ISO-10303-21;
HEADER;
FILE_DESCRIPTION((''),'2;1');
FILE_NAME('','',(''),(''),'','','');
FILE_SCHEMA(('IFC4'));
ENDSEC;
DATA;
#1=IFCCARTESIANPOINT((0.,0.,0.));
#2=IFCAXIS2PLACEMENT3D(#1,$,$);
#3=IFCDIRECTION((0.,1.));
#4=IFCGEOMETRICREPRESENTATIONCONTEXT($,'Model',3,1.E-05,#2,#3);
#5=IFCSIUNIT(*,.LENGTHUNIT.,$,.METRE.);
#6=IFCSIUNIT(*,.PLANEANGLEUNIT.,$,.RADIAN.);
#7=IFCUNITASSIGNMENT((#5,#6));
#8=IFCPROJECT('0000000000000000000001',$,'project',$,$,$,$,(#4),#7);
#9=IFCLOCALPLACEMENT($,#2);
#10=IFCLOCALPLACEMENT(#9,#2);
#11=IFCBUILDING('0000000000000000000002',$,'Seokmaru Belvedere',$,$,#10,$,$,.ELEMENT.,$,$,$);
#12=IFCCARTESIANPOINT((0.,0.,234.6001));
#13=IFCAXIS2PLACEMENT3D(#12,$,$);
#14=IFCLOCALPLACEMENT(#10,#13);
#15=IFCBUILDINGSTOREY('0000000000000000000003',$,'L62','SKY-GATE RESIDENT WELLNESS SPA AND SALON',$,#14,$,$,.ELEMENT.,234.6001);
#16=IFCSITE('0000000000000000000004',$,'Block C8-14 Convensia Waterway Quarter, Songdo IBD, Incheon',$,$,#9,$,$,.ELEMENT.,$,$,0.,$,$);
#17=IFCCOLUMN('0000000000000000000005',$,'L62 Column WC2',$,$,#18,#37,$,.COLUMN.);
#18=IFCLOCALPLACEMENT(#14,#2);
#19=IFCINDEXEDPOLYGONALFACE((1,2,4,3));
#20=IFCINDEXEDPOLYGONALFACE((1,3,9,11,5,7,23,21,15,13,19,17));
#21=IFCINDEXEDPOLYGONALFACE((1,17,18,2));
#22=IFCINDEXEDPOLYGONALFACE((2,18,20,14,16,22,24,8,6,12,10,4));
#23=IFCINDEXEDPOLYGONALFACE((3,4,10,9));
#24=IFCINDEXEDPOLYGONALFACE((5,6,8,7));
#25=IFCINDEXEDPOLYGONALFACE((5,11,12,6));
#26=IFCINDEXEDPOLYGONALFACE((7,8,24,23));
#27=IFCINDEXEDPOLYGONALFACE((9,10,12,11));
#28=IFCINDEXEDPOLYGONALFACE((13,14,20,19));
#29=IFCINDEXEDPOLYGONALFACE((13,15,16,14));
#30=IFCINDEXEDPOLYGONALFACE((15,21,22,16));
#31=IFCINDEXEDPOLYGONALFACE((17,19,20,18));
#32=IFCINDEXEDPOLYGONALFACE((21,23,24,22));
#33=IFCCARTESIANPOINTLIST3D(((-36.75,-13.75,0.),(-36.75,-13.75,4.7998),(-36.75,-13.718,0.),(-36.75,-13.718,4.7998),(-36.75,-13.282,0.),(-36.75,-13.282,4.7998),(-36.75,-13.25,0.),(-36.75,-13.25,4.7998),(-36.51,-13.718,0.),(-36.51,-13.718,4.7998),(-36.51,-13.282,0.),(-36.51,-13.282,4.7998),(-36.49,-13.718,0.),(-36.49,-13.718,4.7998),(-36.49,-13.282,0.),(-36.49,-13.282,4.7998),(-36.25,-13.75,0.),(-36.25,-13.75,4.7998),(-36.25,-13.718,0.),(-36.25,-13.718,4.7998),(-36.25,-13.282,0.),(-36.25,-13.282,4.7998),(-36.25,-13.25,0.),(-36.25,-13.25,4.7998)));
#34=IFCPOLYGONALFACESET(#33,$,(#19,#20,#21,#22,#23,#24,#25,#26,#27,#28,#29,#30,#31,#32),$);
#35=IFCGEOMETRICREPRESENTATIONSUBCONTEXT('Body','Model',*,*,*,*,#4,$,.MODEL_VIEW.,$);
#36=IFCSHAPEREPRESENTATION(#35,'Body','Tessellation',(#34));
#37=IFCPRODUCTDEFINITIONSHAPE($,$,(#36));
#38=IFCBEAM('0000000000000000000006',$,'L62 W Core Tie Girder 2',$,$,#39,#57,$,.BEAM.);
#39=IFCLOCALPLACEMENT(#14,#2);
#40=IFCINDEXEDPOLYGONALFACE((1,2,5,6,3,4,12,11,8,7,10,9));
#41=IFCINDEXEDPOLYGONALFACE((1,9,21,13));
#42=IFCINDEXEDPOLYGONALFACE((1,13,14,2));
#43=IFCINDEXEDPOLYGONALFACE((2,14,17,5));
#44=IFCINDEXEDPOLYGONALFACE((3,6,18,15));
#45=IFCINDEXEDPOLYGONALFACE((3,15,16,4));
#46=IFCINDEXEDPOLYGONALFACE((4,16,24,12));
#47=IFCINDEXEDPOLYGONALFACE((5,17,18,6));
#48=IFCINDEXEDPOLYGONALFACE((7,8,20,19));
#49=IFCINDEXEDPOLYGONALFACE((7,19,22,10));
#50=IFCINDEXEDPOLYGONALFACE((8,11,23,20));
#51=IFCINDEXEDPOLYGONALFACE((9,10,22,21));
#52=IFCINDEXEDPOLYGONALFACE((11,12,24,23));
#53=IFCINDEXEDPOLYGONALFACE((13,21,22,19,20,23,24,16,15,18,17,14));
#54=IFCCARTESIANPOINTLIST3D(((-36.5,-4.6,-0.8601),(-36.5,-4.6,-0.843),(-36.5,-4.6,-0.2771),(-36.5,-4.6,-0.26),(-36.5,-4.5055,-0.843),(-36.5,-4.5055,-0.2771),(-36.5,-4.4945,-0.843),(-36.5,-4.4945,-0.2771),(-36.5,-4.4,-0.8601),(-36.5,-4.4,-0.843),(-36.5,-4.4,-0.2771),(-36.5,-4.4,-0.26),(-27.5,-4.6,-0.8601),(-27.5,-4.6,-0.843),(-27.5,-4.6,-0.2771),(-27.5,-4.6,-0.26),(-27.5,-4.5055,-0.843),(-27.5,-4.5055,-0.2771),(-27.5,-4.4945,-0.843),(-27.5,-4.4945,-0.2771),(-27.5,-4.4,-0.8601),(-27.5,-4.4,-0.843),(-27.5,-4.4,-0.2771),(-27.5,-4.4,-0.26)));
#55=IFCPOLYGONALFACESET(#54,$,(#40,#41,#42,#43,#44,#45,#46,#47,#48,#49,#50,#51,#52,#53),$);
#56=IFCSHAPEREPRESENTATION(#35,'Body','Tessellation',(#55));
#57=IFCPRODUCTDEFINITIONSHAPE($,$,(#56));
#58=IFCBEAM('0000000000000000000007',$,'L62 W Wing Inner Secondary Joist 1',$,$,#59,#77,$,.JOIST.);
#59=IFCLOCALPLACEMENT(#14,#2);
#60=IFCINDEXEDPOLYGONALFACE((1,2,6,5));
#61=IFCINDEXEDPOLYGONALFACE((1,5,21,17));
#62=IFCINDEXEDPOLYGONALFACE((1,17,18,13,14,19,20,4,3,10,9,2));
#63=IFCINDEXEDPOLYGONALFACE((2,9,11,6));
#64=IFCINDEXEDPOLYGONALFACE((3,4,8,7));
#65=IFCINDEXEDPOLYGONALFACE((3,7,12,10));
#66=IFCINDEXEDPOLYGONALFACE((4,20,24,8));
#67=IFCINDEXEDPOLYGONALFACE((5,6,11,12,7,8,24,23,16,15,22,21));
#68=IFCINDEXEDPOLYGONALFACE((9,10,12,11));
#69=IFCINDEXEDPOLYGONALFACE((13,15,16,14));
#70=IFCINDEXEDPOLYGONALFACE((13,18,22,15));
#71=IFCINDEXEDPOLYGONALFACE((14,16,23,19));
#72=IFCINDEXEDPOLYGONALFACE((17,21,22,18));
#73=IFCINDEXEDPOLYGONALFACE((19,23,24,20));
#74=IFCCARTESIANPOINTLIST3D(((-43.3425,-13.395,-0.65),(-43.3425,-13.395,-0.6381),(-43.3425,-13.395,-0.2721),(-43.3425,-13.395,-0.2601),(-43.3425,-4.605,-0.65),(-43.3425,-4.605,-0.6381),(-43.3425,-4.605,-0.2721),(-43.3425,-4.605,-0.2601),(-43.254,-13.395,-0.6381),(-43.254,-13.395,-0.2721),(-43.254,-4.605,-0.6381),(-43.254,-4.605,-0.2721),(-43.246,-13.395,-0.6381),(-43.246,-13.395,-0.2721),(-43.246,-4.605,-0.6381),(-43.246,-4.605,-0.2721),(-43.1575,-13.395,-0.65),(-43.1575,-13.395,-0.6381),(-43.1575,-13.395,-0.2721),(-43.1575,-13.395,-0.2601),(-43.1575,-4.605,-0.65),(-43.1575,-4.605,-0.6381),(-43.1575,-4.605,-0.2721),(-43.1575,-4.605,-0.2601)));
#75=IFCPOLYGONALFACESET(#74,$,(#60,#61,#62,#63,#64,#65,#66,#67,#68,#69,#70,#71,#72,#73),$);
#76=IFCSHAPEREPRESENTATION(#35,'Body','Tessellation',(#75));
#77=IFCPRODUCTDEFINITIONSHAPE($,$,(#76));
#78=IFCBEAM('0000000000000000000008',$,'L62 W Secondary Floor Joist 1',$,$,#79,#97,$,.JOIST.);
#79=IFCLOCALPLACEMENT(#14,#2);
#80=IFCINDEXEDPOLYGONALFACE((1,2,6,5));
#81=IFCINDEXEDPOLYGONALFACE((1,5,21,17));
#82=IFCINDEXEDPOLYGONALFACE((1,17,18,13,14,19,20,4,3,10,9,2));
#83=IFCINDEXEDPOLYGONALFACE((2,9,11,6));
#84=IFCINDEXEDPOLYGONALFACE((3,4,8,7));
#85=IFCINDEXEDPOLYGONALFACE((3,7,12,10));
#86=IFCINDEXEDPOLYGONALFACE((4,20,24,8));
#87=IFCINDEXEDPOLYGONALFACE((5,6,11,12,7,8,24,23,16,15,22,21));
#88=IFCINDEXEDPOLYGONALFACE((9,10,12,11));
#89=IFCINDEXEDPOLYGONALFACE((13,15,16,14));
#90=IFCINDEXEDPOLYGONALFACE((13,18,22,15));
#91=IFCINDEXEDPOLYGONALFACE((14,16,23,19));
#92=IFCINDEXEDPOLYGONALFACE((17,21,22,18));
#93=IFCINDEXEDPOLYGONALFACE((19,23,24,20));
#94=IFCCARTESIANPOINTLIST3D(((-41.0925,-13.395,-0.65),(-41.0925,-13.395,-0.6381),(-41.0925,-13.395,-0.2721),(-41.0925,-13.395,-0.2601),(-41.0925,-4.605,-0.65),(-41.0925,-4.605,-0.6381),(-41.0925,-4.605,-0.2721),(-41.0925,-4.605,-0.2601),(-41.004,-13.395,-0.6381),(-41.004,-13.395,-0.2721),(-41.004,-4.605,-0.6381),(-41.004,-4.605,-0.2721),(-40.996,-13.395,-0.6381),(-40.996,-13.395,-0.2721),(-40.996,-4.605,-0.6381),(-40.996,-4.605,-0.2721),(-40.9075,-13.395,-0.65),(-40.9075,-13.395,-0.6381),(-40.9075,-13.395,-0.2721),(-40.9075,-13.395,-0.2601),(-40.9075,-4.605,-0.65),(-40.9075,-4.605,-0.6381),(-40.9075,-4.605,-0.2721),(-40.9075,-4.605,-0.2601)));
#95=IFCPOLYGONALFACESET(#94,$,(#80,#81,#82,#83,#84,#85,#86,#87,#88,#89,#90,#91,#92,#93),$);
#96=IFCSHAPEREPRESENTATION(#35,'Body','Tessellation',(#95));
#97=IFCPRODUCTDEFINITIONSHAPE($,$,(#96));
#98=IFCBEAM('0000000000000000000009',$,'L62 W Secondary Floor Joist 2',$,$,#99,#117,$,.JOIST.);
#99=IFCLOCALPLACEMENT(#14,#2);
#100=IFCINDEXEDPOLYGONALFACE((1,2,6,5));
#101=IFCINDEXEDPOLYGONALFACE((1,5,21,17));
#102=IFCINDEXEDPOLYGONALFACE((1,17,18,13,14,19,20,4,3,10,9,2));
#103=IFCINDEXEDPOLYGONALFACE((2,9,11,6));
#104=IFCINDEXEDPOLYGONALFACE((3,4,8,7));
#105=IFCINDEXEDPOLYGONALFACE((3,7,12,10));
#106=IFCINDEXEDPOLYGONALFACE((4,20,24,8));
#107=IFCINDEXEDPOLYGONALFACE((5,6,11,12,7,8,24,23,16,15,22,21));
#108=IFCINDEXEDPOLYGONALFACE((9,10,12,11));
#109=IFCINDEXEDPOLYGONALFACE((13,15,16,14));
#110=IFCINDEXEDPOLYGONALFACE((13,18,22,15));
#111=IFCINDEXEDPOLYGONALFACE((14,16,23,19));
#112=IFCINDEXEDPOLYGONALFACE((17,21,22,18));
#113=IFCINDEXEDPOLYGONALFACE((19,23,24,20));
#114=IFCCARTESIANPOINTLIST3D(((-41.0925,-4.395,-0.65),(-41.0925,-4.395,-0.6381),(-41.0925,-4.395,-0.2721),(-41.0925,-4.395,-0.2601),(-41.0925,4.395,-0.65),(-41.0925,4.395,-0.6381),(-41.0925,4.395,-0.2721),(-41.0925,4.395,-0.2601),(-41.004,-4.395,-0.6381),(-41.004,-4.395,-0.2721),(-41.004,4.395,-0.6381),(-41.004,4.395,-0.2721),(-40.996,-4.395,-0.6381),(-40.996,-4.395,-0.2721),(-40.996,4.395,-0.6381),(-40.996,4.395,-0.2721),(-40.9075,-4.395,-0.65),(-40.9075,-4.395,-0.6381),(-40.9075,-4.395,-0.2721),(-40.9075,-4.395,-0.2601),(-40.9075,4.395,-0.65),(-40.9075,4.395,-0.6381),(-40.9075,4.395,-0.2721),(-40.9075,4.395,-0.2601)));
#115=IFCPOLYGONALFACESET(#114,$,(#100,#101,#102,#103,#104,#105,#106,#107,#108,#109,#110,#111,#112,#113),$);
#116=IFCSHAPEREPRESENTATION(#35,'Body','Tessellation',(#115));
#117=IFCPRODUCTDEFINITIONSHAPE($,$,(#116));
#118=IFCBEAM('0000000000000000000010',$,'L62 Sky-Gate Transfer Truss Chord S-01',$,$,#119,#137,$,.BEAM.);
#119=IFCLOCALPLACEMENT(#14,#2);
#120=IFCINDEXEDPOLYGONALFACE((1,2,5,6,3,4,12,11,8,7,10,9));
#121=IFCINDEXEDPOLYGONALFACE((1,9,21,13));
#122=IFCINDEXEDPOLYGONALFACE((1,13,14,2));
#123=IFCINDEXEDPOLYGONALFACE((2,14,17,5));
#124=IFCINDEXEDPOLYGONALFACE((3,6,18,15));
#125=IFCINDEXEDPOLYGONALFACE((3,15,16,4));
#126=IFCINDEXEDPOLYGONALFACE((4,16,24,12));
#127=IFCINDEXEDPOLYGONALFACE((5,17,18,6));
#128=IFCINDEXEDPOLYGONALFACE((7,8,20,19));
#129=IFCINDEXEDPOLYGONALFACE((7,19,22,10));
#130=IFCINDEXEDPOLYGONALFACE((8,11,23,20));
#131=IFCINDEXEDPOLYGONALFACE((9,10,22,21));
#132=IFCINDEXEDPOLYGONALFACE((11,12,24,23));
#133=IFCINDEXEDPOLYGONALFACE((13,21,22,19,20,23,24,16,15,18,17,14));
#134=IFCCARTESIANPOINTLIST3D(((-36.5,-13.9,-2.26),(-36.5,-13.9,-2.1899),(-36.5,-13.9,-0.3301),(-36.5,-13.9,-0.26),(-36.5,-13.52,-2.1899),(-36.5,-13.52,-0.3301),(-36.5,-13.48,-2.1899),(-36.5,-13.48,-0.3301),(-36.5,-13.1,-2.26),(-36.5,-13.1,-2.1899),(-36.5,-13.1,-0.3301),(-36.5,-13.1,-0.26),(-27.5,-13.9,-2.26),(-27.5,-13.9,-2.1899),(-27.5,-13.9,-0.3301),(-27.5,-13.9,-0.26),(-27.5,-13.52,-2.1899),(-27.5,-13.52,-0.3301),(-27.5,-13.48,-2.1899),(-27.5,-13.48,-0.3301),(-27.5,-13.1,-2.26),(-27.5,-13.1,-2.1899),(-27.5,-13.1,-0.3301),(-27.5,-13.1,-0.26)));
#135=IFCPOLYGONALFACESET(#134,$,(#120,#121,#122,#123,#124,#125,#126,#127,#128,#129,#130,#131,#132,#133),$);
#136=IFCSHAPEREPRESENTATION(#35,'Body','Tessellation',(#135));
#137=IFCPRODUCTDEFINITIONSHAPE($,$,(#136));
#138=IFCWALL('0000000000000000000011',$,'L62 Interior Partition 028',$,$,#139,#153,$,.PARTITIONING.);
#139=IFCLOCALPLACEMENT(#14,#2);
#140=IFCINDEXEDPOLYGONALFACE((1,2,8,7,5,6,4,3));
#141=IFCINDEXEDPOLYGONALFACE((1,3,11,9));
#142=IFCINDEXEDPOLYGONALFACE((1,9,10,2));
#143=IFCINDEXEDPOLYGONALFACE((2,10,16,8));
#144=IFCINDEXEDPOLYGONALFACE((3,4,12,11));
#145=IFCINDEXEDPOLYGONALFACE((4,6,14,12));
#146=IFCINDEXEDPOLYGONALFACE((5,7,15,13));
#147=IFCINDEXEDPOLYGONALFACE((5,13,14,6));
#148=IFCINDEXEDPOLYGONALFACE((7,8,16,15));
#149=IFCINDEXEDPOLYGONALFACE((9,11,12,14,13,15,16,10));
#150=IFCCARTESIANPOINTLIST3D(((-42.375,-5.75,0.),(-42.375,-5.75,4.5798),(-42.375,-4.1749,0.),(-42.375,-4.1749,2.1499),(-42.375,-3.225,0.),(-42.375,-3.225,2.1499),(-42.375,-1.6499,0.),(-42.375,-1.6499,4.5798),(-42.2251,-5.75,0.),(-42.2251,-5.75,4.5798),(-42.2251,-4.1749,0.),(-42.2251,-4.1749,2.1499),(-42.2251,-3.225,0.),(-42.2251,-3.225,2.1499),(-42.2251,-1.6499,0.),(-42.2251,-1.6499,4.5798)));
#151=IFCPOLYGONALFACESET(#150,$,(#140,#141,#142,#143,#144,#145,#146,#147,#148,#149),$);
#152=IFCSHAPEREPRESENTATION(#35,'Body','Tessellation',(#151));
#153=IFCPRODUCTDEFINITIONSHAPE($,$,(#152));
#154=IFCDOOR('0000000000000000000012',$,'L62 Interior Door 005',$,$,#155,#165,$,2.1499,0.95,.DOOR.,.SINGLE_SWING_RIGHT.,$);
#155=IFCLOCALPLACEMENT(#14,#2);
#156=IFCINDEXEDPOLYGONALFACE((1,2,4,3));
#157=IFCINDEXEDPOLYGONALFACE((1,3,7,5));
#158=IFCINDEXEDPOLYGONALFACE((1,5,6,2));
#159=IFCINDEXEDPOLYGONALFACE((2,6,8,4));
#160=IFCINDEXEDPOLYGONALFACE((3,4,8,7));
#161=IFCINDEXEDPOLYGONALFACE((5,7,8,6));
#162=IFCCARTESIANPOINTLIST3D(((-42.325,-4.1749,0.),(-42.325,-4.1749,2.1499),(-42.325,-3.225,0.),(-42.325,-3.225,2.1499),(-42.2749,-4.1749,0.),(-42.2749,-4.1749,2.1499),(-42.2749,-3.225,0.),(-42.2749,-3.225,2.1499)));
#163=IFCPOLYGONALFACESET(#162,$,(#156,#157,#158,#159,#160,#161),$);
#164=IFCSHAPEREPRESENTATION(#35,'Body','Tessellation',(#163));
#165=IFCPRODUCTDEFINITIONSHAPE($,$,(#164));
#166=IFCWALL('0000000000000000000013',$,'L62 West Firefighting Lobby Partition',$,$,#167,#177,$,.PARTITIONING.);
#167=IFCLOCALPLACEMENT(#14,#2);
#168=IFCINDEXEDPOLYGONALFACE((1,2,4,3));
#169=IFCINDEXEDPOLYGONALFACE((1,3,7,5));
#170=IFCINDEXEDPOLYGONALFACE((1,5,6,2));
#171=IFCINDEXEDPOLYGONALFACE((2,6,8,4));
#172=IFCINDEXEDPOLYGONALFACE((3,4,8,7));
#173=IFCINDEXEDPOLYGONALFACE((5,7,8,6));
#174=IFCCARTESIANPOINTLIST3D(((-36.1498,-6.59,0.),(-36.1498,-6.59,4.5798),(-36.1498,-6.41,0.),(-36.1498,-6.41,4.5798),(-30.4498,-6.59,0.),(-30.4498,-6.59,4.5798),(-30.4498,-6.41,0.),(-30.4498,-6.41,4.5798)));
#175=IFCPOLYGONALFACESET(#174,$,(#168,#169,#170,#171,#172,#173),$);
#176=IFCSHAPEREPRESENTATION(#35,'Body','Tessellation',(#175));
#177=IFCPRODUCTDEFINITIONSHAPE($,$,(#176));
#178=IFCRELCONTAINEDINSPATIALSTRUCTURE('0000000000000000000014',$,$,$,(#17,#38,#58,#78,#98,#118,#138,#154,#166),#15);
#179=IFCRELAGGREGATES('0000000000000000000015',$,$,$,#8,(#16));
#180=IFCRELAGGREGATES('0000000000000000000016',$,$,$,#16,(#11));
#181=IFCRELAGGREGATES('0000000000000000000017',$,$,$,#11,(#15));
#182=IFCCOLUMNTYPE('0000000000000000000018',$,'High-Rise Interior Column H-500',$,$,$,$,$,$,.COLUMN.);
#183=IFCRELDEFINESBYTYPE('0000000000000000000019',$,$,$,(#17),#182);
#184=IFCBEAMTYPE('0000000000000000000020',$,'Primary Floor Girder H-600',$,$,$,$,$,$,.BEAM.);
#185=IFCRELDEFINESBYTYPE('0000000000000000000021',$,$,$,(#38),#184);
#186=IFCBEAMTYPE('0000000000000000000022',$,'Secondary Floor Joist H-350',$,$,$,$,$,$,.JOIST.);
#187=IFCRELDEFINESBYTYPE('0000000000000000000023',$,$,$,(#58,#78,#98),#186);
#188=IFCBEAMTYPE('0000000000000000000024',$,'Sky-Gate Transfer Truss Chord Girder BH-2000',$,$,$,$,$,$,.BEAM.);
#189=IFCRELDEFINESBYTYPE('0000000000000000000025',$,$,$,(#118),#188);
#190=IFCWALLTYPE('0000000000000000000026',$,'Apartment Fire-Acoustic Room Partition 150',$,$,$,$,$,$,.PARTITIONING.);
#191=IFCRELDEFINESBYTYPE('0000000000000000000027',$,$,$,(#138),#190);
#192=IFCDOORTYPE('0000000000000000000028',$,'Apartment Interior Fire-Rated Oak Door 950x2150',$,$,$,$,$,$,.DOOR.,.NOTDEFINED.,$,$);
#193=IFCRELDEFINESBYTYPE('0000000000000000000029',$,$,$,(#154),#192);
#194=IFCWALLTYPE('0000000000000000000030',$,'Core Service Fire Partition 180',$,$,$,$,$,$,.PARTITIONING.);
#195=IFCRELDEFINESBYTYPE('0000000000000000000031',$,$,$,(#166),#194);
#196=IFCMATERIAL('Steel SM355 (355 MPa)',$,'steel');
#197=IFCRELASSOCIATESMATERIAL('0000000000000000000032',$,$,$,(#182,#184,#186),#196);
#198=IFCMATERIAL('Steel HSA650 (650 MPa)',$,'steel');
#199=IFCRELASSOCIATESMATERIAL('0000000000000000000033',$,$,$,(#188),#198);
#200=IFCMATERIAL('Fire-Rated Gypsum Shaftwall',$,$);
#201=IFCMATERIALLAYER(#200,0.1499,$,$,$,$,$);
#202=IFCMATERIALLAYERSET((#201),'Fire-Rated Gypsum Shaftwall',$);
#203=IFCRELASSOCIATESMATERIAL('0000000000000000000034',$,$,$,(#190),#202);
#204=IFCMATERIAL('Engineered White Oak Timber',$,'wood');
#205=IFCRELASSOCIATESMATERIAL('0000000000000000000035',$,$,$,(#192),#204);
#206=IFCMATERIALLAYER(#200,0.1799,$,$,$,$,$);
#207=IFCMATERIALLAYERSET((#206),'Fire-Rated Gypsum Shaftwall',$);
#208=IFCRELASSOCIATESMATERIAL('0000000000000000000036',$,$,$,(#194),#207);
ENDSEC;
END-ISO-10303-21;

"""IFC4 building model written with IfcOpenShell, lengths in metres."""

from ifc_helpers import new_model, si_unit, direction, frame, frame_2d, origin, origin_2d, place, context, subcontext, project, spatial, rectangle, i_section, extrude, source, transform, mapped, material, layer, layer_set, material_profile, profile_set, type_object, type_shapes, element, fill, save


model = new_model("IFC4")

# Units and contexts
model_context = context("Model", 3, precision=1e-05, world=origin(), true_north=direction((0.0, 1.0)))
body_context = subcontext(model_context, "Body", "Model", "MODEL_VIEW")
ifc_project = project(units=[si_unit("LENGTHUNIT", "METRE"), si_unit("PLANEANGLEUNIT", "RADIAN")], contexts=[model_context])

# Site, building, storey
site_placement = place(None, origin())
site = spatial("IfcSite", under=ifc_project, at=site_placement, Name="Block C8-14 Convensia Waterway Quarter, Songdo IBD, Incheon", CompositionType="ELEMENT", RefElevation=0.0)
building_placement = place(site_placement, origin())
building = spatial("IfcBuilding", under=site, at=building_placement, Name="Seokmaru Belvedere", CompositionType="ELEMENT")
storey_placement = place(building_placement, frame((0.0, 0.0, 234.6001)))
storey = spatial("IfcBuildingStorey", under=building, at=storey_placement, Name="L62", Description="SKY-GATE RESIDENT WELLNESS SPA AND SALON", CompositionType="ELEMENT", Elevation=234.6001)

# Column
ifc_material_1 = material(Name="Steel SM355 (355 MPa)", Category="steel")
ifc_material_profile_1 = material_profile(ifc_material_1, i_section(OverallWidth=0.5, OverallDepth=0.5, WebThickness=0.02, FlangeThickness=0.032, at=origin_2d()), Name="H-500x500x20x32")
ifc_profile_set_1 = profile_set([ifc_material_profile_1], Name="Steel SM355 (355 MPa)")
column_type = type_object("IfcColumnType", Name="High-Rise Interior Column H-500", PredefinedType="COLUMN", material=ifc_profile_set_1)
shared_shape_1 = source(origin(), body_context, "Body", "SweptSolid", [
    extrude(i_section(OverallWidth=0.5, OverallDepth=0.5, WebThickness=0.02, FlangeThickness=0.032, at=origin_2d()), origin(), (0.0, 0.0, 1.0), 4.7998),
])
type_shapes(column_type, [shared_shape_1])
column_placement = place(storey_placement, frame((-36.5, -13.5, 0.0), z_axis=(0.0, 0.0, 1.0), x_axis=(1.0, 0.0, 0.0)))
element("IfcColumn", 1, at=column_placement, inside=storey, type_object=column_type, Name="L62 Column WC2", PredefinedType="COLUMN", context=body_context, shape_type="MappedRepresentation", body=[
    mapped(shared_shape_1, transform((0.0, 0.0, 0.0), scale=1.0)),
])

# Beams
ifc_material_profile_2 = material_profile(ifc_material_1, i_section(OverallWidth=0.2, OverallDepth=0.6001, WebThickness=0.011, FlangeThickness=0.0171, at=origin_2d()), Name="H-600x200x11x17")
ifc_profile_set_2 = profile_set([ifc_material_profile_2], Name="Steel SM355 (355 MPa)")
beam_type_1 = type_object("IfcBeamType", Name="Primary Floor Girder H-600", PredefinedType="BEAM", material=ifc_profile_set_2)
shared_shape_2 = source(origin(), body_context, "Body", "SweptSolid", [
    extrude(i_section(OverallWidth=0.2, OverallDepth=0.6001, WebThickness=0.011, FlangeThickness=0.0171, at=origin_2d()), origin(), (0.0, 0.0, 1.0), 9.0),
])
type_shapes(beam_type_1, [shared_shape_2])
beam_1_placement = place(storey_placement, frame((-36.5, -4.5, -0.5601), z_axis=(1.0, 0.0, 0.0), x_axis=(0.0, 1.0, 0.0)))
element("IfcBeam", 2, at=beam_1_placement, inside=storey, type_object=beam_type_1, Name="L62 W Core Tie Girder 2", PredefinedType="BEAM", context=body_context, shape_type="MappedRepresentation", body=[
    mapped(shared_shape_2, transform((0.0, 0.0, 0.0), scale=1.0)),
])
ifc_material_profile_3 = material_profile(ifc_material_1, i_section(OverallWidth=0.1851, OverallDepth=0.3899, WebThickness=0.0081, FlangeThickness=0.012, at=origin_2d()), Name="H-390x185x8x12")
ifc_profile_set_3 = profile_set([ifc_material_profile_3], Name="Steel SM355 (355 MPa)")
beam_type_2 = type_object("IfcBeamType", Name="Secondary Floor Joist H-350", PredefinedType="JOIST", material=ifc_profile_set_3)
shared_shape_3 = source(origin(), body_context, "Body", "SweptSolid", [
    extrude(i_section(OverallWidth=0.1851, OverallDepth=0.3899, WebThickness=0.0081, FlangeThickness=0.012, at=origin_2d()), origin(), (0.0, 0.0, 1.0), 8.79),
])
type_shapes(beam_type_2, [shared_shape_3])
for number, where, z_axis, x_axis, name in (
    (3, (-43.25, -13.395, -0.4551), (0.0, 1.0, 0.0), (-1.0, 0.0, 0.0), "L62 W Wing Inner Secondary Joist 1"),
    (4, (-41.0, -13.395, -0.4551), (0.0, 1.0, 0.0), (-1.0, 0.0, 0.0), "L62 W Secondary Floor Joist 1"),
    (5, (-41.0, -4.395, -0.4551), (0.0, 1.0, 0.0), (-1.0, 0.0, 0.0), "L62 W Secondary Floor Joist 2"),
):
    element("IfcBeam", number, at=place(storey_placement, frame(where, z_axis=z_axis, x_axis=x_axis)), inside=storey, type_object=beam_type_2, Name=name, PredefinedType="JOIST", context=body_context, shape_type="MappedRepresentation", body=[
        mapped(shared_shape_3, transform((0.0, 0.0, 0.0), scale=1.0)),
    ])
ifc_material_2 = material(Name="Steel HSA650 (650 MPa)", Category="steel")
ifc_material_profile_4 = material_profile(ifc_material_2, i_section(OverallWidth=0.8, OverallDepth=2.0, WebThickness=0.04, FlangeThickness=0.0701, at=origin_2d()), Name="BH-2000x800x40x70")
ifc_profile_set_4 = profile_set([ifc_material_profile_4], Name="Steel HSA650 (650 MPa)")
beam_type_3 = type_object("IfcBeamType", Name="Sky-Gate Transfer Truss Chord Girder BH-2000", PredefinedType="BEAM", material=ifc_profile_set_4)
shared_shape_4 = source(origin(), body_context, "Body", "SweptSolid", [
    extrude(i_section(OverallWidth=0.8, OverallDepth=2.0, WebThickness=0.04, FlangeThickness=0.0701, at=origin_2d()), origin(), (0.0, 0.0, 1.0), 9.0),
])
type_shapes(beam_type_3, [shared_shape_4])
beam_2_placement = place(storey_placement, frame((-36.5, -13.5, -1.26), z_axis=(1.0, 0.0, 0.0), x_axis=(0.0, 1.0, 0.0)))
element("IfcBeam", 6, at=beam_2_placement, inside=storey, type_object=beam_type_3, Name="L62 Sky-Gate Transfer Truss Chord S-01", PredefinedType="BEAM", context=body_context, shape_type="MappedRepresentation", body=[
    mapped(shared_shape_4, transform((0.0, 0.0, 0.0), scale=1.0)),
])

# Wall, opening, door
ifc_material_3 = material(Name="Fire-Rated Gypsum Shaftwall")
ifc_layer_1 = layer(ifc_material_3, 0.1499)
ifc_layer_set_1 = layer_set([ifc_layer_1], Name="Fire-Rated Gypsum Shaftwall")
wall_type_1 = type_object("IfcWallType", Name="Apartment Fire-Acoustic Room Partition 150", PredefinedType="PARTITIONING", material=ifc_layer_set_1)
wall_1_placement = place(storey_placement, frame((-42.3, -5.75, 0.0), z_axis=(0.0, 0.0, 1.0), x_axis=(0.0, 1.0, 0.0)))
wall_1 = element("IfcWall", 7, at=wall_1_placement, inside=storey, type_object=wall_type_1, Name="L62 Interior Partition 028", PredefinedType="PARTITIONING", context=body_context, shape_type="SweptSolid", body=[
    extrude(rectangle(XDim=4.1001, YDim=0.1499, at=frame_2d((2.05, 0.0))), origin(), (0.0, 0.0, 1.0), 4.5798),
])
opening_1_placement = place(wall_1_placement, frame((1.575, 0.0, 0.0)))
opening_1 = element("IfcOpeningElement", 8, at=opening_1_placement, cuts=wall_1, PredefinedType="OPENING", context=body_context, shape_type="SweptSolid", body=[
    extrude(rectangle(XDim=0.95, YDim=2.1499, at=frame_2d((0.4751, 1.075))), frame((0.0, 0.085, 0.0), z_axis=(0.0, -1.0, 0.0), x_axis=(1.0, 0.0, 0.0)), (0.0, 0.0, 1.0), 0.1699),
])
ifc_material_4 = material(Name="Engineered White Oak Timber", Category="wood")
door_type_1 = type_object("IfcDoorType", Name="Apartment Interior Fire-Rated Oak Door 950x2150", OperationType="NOTDEFINED", PredefinedType="DOOR", material=ifc_material_4)
shared_shape_5 = source(origin(), body_context, "Body", "SweptSolid", [
    extrude(rectangle(XDim=0.95, YDim=2.1499, at=frame_2d((0.4751, 1.075))), frame((0.0, 0.0249, 0.0), z_axis=(0.0, -1.0, 0.0), x_axis=(1.0, 0.0, 0.0)), (0.0, 0.0, 1.0), 0.05),
])
type_shapes(door_type_1, [shared_shape_5])
door_1_placement = place(opening_1_placement, origin())
door_1 = element("IfcDoor", 9, at=door_1_placement, inside=storey, type_object=door_type_1, Name="L62 Interior Door 005", OperationType="SINGLE_SWING_RIGHT", OverallHeight=2.1499, OverallWidth=0.95, PredefinedType="DOOR", context=body_context, shape_type="MappedRepresentation", body=[
    mapped(shared_shape_5, transform((0.0, 0.0, 0.0), scale=1.0)),
])
fill(opening_1, door_1)

# Wall
ifc_layer_2 = layer(ifc_material_3, 0.1799)
ifc_layer_set_2 = layer_set([ifc_layer_2], Name="Fire-Rated Gypsum Shaftwall")
wall_type_2 = type_object("IfcWallType", Name="Core Service Fire Partition 180", PredefinedType="PARTITIONING", material=ifc_layer_set_2)
wall_2_placement = place(storey_placement, frame((-36.1499, -6.5, 0.0), z_axis=(0.0, 0.0, 1.0), x_axis=(1.0, 0.0, 0.0)))
element("IfcWall", 10, at=wall_2_placement, inside=storey, type_object=wall_type_2, Name="L62 West Firefighting Lobby Partition", PredefinedType="PARTITIONING", context=body_context, shape_type="SweptSolid", body=[
    extrude(rectangle(XDim=5.7, YDim=0.1799, at=frame_2d((2.8501, 0.0))), origin(), (0.0, 0.0, 1.0), 4.5798),
])

save(model, "model.ifc")
